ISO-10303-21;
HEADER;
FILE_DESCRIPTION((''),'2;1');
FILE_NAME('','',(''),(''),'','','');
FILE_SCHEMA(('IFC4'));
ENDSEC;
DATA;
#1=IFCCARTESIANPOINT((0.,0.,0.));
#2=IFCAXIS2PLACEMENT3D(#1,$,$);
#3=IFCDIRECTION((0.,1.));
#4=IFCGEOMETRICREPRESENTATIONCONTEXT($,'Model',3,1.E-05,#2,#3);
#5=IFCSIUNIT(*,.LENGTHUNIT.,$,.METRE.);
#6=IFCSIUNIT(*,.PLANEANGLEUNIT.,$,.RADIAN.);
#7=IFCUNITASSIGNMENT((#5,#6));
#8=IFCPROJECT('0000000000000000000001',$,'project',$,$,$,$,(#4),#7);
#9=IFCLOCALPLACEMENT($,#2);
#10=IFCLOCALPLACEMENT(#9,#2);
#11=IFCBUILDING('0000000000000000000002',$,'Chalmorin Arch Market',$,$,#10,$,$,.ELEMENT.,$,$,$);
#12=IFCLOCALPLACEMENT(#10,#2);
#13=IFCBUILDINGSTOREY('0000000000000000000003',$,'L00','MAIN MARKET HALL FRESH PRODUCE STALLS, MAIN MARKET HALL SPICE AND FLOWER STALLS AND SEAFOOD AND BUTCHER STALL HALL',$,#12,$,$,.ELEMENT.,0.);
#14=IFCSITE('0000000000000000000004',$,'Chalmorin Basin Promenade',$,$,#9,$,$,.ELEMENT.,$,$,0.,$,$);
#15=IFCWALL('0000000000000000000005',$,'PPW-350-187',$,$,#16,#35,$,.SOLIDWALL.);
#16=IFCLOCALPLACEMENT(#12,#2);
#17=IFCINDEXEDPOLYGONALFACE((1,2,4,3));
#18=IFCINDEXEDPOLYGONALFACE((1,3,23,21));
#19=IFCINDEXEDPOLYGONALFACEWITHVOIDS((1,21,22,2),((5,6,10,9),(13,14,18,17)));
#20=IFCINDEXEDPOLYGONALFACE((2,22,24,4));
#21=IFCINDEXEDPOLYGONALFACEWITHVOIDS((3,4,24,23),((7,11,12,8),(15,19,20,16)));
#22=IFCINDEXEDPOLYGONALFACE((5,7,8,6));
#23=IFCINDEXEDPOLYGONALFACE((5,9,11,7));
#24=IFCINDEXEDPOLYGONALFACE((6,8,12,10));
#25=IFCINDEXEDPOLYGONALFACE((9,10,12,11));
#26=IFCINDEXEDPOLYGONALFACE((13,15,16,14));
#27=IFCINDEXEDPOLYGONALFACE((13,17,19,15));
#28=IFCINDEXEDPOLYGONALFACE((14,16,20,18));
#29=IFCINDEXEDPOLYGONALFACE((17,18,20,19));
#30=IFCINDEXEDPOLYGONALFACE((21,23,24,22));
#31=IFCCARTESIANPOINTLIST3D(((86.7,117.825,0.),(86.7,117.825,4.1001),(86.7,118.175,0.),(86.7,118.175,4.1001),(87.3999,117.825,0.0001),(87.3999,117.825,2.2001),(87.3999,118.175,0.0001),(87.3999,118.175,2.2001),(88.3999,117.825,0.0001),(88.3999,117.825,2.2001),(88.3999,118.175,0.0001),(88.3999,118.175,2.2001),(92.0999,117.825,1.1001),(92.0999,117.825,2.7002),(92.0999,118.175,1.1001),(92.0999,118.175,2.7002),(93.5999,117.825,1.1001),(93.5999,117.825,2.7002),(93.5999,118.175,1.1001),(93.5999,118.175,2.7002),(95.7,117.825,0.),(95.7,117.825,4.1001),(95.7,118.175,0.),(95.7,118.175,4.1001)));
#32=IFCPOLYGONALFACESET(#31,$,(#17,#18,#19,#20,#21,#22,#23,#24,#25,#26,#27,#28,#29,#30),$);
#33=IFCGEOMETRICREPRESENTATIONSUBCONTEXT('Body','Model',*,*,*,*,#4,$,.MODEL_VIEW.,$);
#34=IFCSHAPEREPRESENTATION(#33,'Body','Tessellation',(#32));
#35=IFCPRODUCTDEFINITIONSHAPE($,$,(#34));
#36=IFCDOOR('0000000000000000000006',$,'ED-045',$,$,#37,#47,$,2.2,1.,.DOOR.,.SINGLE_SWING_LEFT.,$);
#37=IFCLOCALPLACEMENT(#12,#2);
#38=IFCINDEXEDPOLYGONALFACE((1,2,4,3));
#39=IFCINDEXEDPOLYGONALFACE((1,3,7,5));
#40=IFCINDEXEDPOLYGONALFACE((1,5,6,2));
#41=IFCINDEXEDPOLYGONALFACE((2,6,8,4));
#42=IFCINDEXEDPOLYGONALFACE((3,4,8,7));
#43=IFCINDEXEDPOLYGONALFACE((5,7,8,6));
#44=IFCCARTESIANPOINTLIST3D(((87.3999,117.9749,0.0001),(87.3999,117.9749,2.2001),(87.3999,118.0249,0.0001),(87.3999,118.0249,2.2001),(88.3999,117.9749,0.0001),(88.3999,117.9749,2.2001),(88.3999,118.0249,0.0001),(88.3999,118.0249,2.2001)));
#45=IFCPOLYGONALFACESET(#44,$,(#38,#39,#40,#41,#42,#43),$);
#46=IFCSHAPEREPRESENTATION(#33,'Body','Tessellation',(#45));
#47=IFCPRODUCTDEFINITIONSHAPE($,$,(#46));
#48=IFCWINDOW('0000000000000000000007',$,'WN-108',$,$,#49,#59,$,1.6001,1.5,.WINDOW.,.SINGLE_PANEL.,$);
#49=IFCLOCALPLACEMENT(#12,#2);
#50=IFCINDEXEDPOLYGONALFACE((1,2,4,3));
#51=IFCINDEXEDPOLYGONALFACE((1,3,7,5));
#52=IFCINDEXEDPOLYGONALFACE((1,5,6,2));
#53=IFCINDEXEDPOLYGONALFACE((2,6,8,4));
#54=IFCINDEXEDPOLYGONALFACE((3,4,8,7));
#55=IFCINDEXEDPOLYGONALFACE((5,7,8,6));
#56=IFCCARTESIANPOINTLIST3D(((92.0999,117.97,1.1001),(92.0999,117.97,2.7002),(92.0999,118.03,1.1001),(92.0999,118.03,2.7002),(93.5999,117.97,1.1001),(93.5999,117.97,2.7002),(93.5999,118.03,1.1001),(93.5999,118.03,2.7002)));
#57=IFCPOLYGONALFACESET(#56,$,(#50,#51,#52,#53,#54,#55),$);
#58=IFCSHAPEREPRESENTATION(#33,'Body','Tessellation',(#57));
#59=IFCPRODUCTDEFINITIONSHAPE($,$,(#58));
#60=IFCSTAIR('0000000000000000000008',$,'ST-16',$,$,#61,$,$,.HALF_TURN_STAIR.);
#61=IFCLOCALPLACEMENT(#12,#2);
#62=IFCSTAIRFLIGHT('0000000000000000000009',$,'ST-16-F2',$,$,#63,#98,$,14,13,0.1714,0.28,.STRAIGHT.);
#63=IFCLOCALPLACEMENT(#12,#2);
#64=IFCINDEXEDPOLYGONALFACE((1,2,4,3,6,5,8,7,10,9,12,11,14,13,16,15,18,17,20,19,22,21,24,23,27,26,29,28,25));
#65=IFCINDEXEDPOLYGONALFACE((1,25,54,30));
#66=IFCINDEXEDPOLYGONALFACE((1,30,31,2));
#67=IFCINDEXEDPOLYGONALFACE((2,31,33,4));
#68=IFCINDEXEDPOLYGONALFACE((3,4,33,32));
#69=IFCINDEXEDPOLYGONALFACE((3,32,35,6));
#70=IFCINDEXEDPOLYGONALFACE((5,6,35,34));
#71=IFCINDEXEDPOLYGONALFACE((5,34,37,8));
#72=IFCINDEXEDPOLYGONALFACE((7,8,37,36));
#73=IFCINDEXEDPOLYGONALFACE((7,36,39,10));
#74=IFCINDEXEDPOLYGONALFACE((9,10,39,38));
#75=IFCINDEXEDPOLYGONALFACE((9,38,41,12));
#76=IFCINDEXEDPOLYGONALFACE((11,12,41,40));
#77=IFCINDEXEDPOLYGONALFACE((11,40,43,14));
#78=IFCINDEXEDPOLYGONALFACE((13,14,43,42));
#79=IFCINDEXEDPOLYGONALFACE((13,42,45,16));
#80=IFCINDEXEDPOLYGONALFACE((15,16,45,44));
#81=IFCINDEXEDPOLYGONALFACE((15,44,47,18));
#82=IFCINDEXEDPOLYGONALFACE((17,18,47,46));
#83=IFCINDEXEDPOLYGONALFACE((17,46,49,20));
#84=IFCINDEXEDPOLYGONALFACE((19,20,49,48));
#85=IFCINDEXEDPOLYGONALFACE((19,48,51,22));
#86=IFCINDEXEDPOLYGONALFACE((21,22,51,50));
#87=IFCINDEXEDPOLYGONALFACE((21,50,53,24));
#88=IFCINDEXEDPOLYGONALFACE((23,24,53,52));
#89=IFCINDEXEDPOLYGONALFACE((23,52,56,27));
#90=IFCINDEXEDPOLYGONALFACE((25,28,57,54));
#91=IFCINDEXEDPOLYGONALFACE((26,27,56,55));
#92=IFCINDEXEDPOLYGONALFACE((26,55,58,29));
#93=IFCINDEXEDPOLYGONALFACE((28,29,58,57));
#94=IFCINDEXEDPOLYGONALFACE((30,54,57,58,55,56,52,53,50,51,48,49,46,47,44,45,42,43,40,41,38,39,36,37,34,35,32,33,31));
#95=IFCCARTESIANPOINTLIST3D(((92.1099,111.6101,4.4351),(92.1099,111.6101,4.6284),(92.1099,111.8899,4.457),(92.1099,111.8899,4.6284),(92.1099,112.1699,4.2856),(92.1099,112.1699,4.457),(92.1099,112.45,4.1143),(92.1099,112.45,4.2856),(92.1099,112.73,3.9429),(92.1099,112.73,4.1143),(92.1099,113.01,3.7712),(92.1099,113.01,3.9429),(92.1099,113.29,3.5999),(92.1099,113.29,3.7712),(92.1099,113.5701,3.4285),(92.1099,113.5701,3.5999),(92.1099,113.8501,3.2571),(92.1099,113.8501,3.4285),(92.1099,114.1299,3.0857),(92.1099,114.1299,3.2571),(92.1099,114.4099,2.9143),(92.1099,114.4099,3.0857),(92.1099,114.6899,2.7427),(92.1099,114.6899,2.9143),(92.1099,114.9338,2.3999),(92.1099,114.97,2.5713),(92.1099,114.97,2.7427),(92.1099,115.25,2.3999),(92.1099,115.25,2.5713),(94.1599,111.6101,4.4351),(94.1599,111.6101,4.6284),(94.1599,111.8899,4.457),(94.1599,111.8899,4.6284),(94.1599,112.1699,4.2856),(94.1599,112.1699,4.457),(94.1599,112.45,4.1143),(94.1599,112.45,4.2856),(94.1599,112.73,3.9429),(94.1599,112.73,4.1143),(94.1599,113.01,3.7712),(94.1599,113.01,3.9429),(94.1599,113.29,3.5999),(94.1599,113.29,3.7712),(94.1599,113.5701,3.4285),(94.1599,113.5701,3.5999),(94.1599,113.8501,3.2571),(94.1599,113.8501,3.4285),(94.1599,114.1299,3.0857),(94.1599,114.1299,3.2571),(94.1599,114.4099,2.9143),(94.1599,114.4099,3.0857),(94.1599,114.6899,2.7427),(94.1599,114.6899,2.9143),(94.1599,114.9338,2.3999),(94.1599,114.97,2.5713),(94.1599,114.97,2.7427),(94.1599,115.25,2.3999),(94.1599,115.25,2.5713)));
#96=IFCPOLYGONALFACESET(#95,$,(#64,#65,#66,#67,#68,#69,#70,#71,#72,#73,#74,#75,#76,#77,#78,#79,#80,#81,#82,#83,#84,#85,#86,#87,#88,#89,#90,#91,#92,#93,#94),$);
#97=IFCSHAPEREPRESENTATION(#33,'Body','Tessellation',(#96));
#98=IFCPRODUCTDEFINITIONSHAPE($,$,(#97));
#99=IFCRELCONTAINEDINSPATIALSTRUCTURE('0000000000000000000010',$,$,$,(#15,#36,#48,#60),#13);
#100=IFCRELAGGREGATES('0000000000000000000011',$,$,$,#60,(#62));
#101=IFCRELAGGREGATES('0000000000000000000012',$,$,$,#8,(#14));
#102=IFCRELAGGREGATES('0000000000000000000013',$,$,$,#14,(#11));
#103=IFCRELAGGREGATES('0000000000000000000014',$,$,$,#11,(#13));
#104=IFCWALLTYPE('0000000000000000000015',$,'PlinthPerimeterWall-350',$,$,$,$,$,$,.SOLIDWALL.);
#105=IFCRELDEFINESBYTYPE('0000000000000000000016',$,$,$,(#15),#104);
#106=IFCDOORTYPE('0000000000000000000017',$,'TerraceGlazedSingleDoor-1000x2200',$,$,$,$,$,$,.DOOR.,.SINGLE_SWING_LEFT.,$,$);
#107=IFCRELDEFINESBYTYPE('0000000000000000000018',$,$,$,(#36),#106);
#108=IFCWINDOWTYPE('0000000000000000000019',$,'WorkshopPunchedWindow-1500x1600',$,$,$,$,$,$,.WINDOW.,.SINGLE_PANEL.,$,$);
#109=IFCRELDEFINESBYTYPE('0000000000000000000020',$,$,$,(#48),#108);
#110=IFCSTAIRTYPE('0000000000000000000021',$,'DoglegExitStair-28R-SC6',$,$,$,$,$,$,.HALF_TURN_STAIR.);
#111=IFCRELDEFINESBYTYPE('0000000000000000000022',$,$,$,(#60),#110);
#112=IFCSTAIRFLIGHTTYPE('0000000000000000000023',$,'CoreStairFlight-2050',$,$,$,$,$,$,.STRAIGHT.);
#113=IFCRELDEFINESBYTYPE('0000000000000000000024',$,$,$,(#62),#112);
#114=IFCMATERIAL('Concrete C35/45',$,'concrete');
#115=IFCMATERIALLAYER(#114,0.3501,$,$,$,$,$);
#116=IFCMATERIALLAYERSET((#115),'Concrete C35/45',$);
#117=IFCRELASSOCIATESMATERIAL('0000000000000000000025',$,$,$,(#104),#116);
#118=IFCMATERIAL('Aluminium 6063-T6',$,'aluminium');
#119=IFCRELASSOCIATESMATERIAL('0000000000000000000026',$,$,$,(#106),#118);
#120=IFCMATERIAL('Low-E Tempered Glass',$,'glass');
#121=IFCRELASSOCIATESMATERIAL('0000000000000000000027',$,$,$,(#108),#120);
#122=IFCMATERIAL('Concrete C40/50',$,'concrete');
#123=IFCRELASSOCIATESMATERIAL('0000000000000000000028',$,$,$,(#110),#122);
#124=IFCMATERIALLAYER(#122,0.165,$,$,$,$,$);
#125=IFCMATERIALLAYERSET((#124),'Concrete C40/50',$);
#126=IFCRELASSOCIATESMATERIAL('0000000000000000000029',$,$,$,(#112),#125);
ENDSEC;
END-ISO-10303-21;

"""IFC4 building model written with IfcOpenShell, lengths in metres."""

from ifc_helpers import new_model, si_unit, direction, frame, frame_2d, origin, place, context, subcontext, project, spatial, polyline, rectangle, outline, extrude, material, layer, layer_set, type_object, element, fill, aggregate, save


model = new_model("IFC4")

# Units and contexts
model_context = context("Model", 3, precision=1e-05, world=origin(), true_north=direction((0.0, 1.0)))
body_context = subcontext(model_context, "Body", "Model", "MODEL_VIEW")
ifc_project = project(units=[si_unit("LENGTHUNIT", "METRE"), si_unit("PLANEANGLEUNIT", "RADIAN")], contexts=[model_context])

# Site, building, storey
site_placement = place(None, origin())
site = spatial("IfcSite", under=ifc_project, at=site_placement, Name="Chalmorin Basin Promenade", CompositionType="ELEMENT", RefElevation=0.0)
building_placement = place(site_placement, origin())
building = spatial("IfcBuilding", under=site, at=building_placement, Name="Chalmorin Arch Market", CompositionType="ELEMENT")
storey_placement = place(building_placement, origin())
storey = spatial("IfcBuildingStorey", under=building, at=storey_placement, Name="L00", Description="MAIN MARKET HALL FRESH PRODUCE STALLS, MAIN MARKET HALL SPICE AND FLOWER STALLS AND SEAFOOD AND BUTCHER STALL HALL", CompositionType="ELEMENT", Elevation=0.0)

# Shared definitions
ifc_material_1 = material(Name="Concrete C40/50", Category="concrete")

# Shared definitions
ifc_material_2 = material(Name="Concrete C35/45", Category="concrete")
ifc_layer_1 = layer(ifc_material_2, 0.3501)
ifc_layer_set_1 = layer_set([ifc_layer_1], Name="Concrete C35/45")
wall_type_1 = type_object("IfcWallType", Name="PlinthPerimeterWall-350", PredefinedType="SOLIDWALL", material=ifc_layer_set_1)
ifc_material_3 = material(Name="Low-E Tempered Glass", Category="glass")

# Wall, openings, door, window
wall_1_placement = place(storey_placement, frame((86.7, 118.0, 0.0), z_axis=(0.0, 0.0, 1.0), x_axis=(1.0, 0.0, 0.0)))
wall_1 = element("IfcWall", 1, at=wall_1_placement, inside=storey, type_object=wall_type_1, Name="PPW-350-187", PredefinedType="SOLIDWALL", context=body_context, shape_type="SweptSolid", body=[
    extrude(rectangle(XDim=9.0, YDim=0.3501, at=frame_2d((4.5, 0.0))), origin(), (0.0, 0.0, 1.0), 4.1001),
])
opening_1_placement = place(wall_1_placement, frame((0.7, 0.0, 0.0)))
opening_1 = element("IfcOpeningElement", 2, at=opening_1_placement, cuts=wall_1, PredefinedType="OPENING", context=body_context, shape_type="SweptSolid", body=[
    extrude(rectangle(XDim=1.0, YDim=2.2, at=frame_2d((0.5, 1.1001))), frame((0.0, 0.1851, 0.0), z_axis=(0.0, -1.0, 0.0), x_axis=(1.0, 0.0, 0.0)), (0.0, 0.0, 1.0), 0.3701),
])
opening_2_placement = place(wall_1_placement, frame((5.3999, 0.0, 1.1001)))
opening_2 = element("IfcOpeningElement", 3, at=opening_2_placement, cuts=wall_1, PredefinedType="OPENING", context=body_context, shape_type="SweptSolid", body=[
    extrude(rectangle(XDim=1.5, YDim=1.6001, at=frame_2d((0.75, 0.8))), frame((0.0, 0.1851, 0.0), z_axis=(0.0, -1.0, 0.0), x_axis=(1.0, 0.0, 0.0)), (0.0, 0.0, 1.0), 0.3701),
])
ifc_material_4 = material(Name="Aluminium 6063-T6", Category="aluminium")
door_type = type_object("IfcDoorType", Name="TerraceGlazedSingleDoor-1000x2200", OperationType="SINGLE_SWING_LEFT", PredefinedType="DOOR", material=ifc_material_4)
door_placement = place(opening_1_placement, origin())
door = element("IfcDoor", 4, at=door_placement, inside=storey, type_object=door_type, Name="ED-045", OperationType="SINGLE_SWING_LEFT", OverallHeight=2.2, OverallWidth=1.0, PredefinedType="DOOR", context=body_context, shape_type="SweptSolid", body=[
    extrude(rectangle(XDim=1.0, YDim=2.2, at=frame_2d((0.5, 1.1001))), frame((0.0, 0.0249, 0.0), z_axis=(0.0, -1.0, 0.0), x_axis=(1.0, 0.0, 0.0)), (0.0, 0.0, 1.0), 0.05),
])
fill(opening_1, door)
window_type_1 = type_object("IfcWindowType", Name="WorkshopPunchedWindow-1500x1600", PartitioningType="SINGLE_PANEL", PredefinedType="WINDOW", material=ifc_material_3)
window_1_placement = place(opening_2_placement, origin())
window_1 = element("IfcWindow", 5, at=window_1_placement, inside=storey, type_object=window_type_1, Name="WN-108", OverallHeight=1.6001, OverallWidth=1.5, PartitioningType="SINGLE_PANEL", PredefinedType="WINDOW", context=body_context, shape_type="SweptSolid", body=[
    extrude(rectangle(XDim=1.5, YDim=1.6001, at=frame_2d((0.75, 0.8))), frame((0.0, 0.03, 0.0), z_axis=(0.0, -1.0, 0.0), x_axis=(1.0, 0.0, 0.0)), (0.0, 0.0, 1.0), 0.0601),
])
fill(opening_2, window_1)

# Stair, stair flight
stair_type = type_object("IfcStairType", Name="DoglegExitStair-28R-SC6", PredefinedType="HALF_TURN_STAIR", material=ifc_material_1)
stair_placement = place(storey_placement, origin())
stair = element("IfcStair", 6, at=stair_placement, inside=storey, type_object=stair_type, Name="ST-16", PredefinedType="HALF_TURN_STAIR")
ifc_layer_2 = layer(ifc_material_1, 0.165)
ifc_layer_set_2 = layer_set([ifc_layer_2], Name="Concrete C40/50")
stair_flight_type = type_object("IfcStairFlightType", Name="CoreStairFlight-2050", PredefinedType="STRAIGHT", material=ifc_layer_set_2)
stair_flight_placement = place(storey_placement, frame((93.135, 115.25, 2.3999), z_axis=(0.0, 0.0, 1.0), x_axis=(0.0, -1.0, 0.0)))
stair_flight = element("IfcStairFlight", 7, at=stair_flight_placement, type_object=stair_flight_type, Name="ST-16-F2", NumberOfRisers=14, NumberOfTreads=13, PredefinedType="STRAIGHT", RiserHeight=0.1714, TreadLength=0.28, context=body_context, shape_type="SweptSolid", body=[
    extrude(outline(polyline([(0.0, 0.0), (0.0, 0.1714), (0.28, 0.1714), (0.28, 0.3428), (0.5601, 0.3428), (0.5601, 0.5144), (0.8401, 0.5144), (0.8401, 0.6858), (1.1201, 0.6858), (1.1201, 0.8572), (1.3999, 0.8572), (1.3999, 1.0286), (1.6799, 1.0286), (1.6799, 1.2), (1.96, 1.2), (1.96, 1.3713), (2.24, 1.3713), (2.24, 1.543), (2.52, 1.543), (2.52, 1.7144), (2.8, 1.7144), (2.8, 1.8857), (3.0801, 1.8857), (3.0801, 2.0571), (3.3601, 2.0571), (3.3601, 2.2285), (3.6399, 2.2285), (3.6399, 2.3999), (3.6399, 2.0352), (0.3162, 0.0), (0.0, 0.0)])), frame((0.0, 1.0249, 0.0), z_axis=(0.0, -1.0, 0.0), x_axis=(1.0, 0.0, 0.0)), (0.0, 0.0, 1.0), 2.05),
])
aggregate(stair, [stair_flight])

save(model, "model.ifc")
